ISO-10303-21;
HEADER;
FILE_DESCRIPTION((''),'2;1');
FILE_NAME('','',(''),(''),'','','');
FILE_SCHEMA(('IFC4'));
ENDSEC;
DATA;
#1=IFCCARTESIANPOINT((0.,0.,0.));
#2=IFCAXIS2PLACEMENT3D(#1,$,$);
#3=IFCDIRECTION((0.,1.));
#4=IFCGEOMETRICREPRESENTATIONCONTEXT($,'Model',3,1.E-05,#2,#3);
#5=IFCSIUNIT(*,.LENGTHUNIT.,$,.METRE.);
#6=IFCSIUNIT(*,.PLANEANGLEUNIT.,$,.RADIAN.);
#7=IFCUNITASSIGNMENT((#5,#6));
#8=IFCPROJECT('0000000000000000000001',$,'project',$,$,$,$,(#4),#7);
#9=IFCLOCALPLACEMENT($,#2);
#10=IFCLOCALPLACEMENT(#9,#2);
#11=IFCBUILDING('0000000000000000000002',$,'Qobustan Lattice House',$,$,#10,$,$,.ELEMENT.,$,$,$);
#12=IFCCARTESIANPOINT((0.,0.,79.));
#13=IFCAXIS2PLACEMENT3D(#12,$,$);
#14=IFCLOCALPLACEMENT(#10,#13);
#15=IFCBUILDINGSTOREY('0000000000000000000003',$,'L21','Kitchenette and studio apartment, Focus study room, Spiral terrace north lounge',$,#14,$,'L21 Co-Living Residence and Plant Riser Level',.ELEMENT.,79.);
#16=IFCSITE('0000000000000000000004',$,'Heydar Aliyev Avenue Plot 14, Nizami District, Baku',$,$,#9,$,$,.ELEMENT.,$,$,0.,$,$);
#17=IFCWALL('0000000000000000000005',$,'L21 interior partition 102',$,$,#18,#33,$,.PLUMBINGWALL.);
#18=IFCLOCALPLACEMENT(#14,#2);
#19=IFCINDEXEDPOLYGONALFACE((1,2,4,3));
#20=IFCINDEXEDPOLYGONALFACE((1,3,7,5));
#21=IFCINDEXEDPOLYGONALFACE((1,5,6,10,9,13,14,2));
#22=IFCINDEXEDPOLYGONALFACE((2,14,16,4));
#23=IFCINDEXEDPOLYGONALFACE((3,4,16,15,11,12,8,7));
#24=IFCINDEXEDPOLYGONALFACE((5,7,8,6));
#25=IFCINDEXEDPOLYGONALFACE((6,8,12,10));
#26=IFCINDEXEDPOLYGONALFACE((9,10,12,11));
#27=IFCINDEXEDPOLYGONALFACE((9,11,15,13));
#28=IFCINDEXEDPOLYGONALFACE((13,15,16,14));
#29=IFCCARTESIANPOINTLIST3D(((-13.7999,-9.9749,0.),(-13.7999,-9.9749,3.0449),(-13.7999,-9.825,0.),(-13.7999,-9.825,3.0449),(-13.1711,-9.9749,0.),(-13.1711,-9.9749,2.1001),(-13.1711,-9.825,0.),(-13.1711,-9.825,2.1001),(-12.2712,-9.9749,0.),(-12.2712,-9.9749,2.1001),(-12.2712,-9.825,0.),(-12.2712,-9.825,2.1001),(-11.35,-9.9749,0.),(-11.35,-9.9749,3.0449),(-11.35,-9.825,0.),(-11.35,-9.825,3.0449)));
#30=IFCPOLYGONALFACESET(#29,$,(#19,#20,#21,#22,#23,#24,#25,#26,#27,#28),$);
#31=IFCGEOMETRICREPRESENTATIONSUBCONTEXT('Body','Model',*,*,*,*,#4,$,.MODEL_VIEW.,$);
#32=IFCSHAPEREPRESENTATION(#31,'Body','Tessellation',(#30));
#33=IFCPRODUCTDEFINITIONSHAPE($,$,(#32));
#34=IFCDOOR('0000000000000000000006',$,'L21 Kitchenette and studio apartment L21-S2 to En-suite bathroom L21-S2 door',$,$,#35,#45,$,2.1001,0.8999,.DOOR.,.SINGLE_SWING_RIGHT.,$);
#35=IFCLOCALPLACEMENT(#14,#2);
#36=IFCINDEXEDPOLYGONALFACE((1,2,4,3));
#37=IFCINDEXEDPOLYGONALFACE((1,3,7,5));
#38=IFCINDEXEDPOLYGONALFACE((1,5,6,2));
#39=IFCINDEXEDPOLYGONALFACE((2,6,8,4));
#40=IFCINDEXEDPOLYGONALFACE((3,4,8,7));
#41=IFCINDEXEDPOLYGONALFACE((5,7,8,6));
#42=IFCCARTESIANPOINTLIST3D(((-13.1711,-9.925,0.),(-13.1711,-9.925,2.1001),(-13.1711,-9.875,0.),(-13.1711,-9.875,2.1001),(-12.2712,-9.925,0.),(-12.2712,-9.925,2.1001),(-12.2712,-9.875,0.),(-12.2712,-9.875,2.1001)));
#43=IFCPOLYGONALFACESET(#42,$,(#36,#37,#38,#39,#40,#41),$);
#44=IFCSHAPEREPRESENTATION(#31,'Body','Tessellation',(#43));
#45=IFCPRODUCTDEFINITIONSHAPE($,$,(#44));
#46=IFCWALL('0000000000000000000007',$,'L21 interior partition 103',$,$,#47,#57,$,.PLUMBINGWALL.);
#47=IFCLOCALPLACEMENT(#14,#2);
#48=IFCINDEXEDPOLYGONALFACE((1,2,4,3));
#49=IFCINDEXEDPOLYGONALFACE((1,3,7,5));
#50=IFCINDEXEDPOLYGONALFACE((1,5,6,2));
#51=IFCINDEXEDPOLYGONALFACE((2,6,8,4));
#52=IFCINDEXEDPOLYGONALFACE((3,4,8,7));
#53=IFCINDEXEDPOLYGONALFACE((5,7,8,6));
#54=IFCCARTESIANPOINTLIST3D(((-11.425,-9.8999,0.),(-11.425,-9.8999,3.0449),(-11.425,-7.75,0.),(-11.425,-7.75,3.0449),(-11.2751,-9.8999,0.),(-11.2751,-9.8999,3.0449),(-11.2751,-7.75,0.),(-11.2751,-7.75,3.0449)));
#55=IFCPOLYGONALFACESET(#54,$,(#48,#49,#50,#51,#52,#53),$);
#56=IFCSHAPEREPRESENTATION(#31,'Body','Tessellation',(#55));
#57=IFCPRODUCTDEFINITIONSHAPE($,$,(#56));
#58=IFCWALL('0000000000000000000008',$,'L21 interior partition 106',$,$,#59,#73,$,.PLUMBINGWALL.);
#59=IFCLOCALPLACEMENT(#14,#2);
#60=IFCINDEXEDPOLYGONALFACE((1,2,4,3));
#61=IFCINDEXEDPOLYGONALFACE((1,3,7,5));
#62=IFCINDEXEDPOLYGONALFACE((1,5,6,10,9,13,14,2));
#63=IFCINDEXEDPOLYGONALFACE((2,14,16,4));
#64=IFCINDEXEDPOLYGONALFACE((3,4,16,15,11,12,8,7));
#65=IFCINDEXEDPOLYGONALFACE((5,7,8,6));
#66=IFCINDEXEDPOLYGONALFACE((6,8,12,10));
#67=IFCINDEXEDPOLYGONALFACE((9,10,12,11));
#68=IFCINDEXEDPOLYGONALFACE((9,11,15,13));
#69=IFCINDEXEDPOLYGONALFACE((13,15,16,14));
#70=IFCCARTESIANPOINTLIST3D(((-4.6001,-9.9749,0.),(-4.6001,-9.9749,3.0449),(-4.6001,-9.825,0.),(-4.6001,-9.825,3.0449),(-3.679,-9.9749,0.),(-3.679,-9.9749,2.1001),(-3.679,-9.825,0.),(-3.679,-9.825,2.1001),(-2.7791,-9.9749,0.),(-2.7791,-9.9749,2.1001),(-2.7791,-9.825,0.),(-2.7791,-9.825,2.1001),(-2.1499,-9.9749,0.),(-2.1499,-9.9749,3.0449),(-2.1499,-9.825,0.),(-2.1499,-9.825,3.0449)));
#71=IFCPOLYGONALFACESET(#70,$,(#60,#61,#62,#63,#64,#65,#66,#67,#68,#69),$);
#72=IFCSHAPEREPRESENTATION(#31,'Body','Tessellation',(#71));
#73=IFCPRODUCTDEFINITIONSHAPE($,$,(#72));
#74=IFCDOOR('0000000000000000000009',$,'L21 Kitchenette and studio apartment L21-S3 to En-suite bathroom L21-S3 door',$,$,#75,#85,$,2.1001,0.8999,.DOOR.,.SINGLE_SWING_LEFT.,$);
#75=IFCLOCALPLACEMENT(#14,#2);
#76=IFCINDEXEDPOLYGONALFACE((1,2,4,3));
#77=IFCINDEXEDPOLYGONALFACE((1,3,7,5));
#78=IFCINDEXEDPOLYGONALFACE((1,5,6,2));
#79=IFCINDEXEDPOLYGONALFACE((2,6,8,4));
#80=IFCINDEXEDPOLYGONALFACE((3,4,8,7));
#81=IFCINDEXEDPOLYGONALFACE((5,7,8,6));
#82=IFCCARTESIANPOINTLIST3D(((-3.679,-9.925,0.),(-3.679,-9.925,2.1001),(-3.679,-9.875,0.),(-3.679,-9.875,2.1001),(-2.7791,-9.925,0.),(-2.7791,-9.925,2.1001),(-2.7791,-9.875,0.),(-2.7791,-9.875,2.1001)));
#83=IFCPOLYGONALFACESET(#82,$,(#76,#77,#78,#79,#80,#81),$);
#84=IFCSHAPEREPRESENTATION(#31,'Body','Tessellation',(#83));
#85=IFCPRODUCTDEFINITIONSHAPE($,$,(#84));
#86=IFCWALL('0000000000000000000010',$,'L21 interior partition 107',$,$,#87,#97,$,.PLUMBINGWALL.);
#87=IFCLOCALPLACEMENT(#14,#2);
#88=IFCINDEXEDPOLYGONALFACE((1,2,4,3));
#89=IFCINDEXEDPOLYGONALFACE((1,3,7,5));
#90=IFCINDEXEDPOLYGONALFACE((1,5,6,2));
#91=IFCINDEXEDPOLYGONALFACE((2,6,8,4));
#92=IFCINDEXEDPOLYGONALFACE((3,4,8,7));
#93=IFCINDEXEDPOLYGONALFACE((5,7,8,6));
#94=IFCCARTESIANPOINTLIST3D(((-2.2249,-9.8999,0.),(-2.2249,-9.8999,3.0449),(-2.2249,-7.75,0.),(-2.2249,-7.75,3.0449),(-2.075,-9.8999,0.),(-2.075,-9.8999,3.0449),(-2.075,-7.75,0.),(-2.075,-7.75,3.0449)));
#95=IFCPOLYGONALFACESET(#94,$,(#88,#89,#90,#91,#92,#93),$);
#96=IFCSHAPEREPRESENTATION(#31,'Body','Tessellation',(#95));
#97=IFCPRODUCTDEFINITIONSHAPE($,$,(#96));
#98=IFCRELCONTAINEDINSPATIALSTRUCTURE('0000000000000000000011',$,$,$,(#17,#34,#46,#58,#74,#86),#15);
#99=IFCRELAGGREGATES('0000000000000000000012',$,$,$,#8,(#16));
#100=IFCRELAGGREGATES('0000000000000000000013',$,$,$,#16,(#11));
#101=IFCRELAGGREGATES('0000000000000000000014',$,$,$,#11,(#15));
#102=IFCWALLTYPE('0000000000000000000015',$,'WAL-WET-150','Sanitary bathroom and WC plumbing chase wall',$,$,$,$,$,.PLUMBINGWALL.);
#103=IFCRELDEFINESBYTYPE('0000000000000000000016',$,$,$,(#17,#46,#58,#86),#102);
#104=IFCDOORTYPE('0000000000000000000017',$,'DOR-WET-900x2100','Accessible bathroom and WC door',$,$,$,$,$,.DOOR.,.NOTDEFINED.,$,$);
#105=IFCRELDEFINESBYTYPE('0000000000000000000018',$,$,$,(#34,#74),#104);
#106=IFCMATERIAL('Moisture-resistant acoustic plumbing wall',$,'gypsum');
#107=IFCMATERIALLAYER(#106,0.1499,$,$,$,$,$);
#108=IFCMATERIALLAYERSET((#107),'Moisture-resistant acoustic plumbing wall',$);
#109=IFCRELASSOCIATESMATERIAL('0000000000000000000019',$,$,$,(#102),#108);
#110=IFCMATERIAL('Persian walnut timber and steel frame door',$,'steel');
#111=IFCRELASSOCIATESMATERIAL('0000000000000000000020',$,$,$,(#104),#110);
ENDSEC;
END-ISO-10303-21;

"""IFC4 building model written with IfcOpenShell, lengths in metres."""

from ifc_helpers import new_model, si_unit, direction, frame, frame_2d, origin, place, context, subcontext, project, spatial, rectangle, extrude, material, layer, layer_set, type_object, element, fill, save


model = new_model("IFC4")

# Units and contexts
model_context = context("Model", 3, precision=1e-05, world=origin(), true_north=direction((0.0, 1.0)))
body_context = subcontext(model_context, "Body", "Model", "MODEL_VIEW")
ifc_project = project(units=[si_unit("LENGTHUNIT", "METRE"), si_unit("PLANEANGLEUNIT", "RADIAN")], contexts=[model_context])

# Site, building, storey
site_placement = place(None, origin())
site = spatial("IfcSite", under=ifc_project, at=site_placement, Name="Heydar Aliyev Avenue Plot 14, Nizami District, Baku", CompositionType="ELEMENT", RefElevation=0.0)
building_placement = place(site_placement, origin())
building = spatial("IfcBuilding", under=site, at=building_placement, Name="Qobustan Lattice House", CompositionType="ELEMENT")
storey_placement = place(building_placement, frame((0.0, 0.0, 79.0)))
storey = spatial("IfcBuildingStorey", under=building, at=storey_placement, Name="L21", Description="Kitchenette and studio apartment, Focus study room, Spiral terrace north lounge", LongName="L21 Co-Living Residence and Plant Riser Level", CompositionType="ELEMENT", Elevation=79.0)

# Shared definitions
ifc_material_1 = material(Name="Moisture-resistant acoustic plumbing wall", Category="gypsum")
ifc_layer_1 = layer(ifc_material_1, 0.1499)
ifc_layer_set_1 = layer_set([ifc_layer_1], Name="Moisture-resistant acoustic plumbing wall")
wall_type_1 = type_object("IfcWallType", Name="WAL-WET-150", Description="Sanitary bathroom and WC plumbing chase wall", PredefinedType="PLUMBINGWALL", material=ifc_layer_set_1)

# Wall, opening, door
wall_1_placement = place(storey_placement, frame((-13.8, -9.8999, 0.0), z_axis=(0.0, 0.0, 1.0), x_axis=(1.0, 0.0, 0.0)))
wall_1 = element("IfcWall", 1, at=wall_1_placement, inside=storey, type_object=wall_type_1, Name="L21 interior partition 102", PredefinedType="PLUMBINGWALL", context=body_context, shape_type="SweptSolid", body=[
    extrude(rectangle(XDim=2.45, YDim=0.1499, at=frame_2d((1.2251, 0.0))), origin(), (0.0, 0.0, 1.0), 3.0449),
])
opening_1_placement = place(wall_1_placement, frame((0.6289, 0.0, 0.0)))
opening_1 = element("IfcOpeningElement", 2, at=opening_1_placement, cuts=wall_1, PredefinedType="OPENING", context=body_context, shape_type="SweptSolid", body=[
    extrude(rectangle(XDim=0.8999, YDim=2.1001, at=frame_2d((0.45, 1.05))), frame((0.0, 0.085, 0.0), z_axis=(0.0, -1.0, 0.0), x_axis=(1.0, 0.0, 0.0)), (0.0, 0.0, 1.0), 0.1699),
])
ifc_material_2 = material(Name="Persian walnut timber and steel frame door", Category="steel")
door_type_1 = type_object("IfcDoorType", Name="DOR-WET-900x2100", Description="Accessible bathroom and WC door", OperationType="NOTDEFINED", PredefinedType="DOOR", material=ifc_material_2)
door_1_placement = place(opening_1_placement, origin())
door_1 = element("IfcDoor", 3, at=door_1_placement, inside=storey, type_object=door_type_1, Name="L21 Kitchenette and studio apartment L21-S2 to En-suite bathroom L21-S2 door", OperationType="SINGLE_SWING_RIGHT", OverallHeight=2.1001, OverallWidth=0.8999, PredefinedType="DOOR", context=body_context, shape_type="SweptSolid", body=[
    extrude(rectangle(XDim=0.8999, YDim=2.1001, at=frame_2d((0.45, 1.05))), frame((0.0, 0.0249, 0.0), z_axis=(0.0, -1.0, 0.0), x_axis=(1.0, 0.0, 0.0)), (0.0, 0.0, 1.0), 0.05),
])
fill(opening_1, door_1)

# Wall
wall_2_placement = place(storey_placement, frame((-11.3501, -9.8999, 0.0), z_axis=(0.0, 0.0, 1.0), x_axis=(0.0, 1.0, 0.0)))
element("IfcWall", 4, at=wall_2_placement, inside=storey, type_object=wall_type_1, Name="L21 interior partition 103", PredefinedType="PLUMBINGWALL", context=body_context, shape_type="SweptSolid", body=[
    extrude(rectangle(XDim=2.1499, YDim=0.1499, at=frame_2d((1.075, 0.0))), origin(), (0.0, 0.0, 1.0), 3.0449),
])

# Wall, opening, door
wall_3_placement = place(storey_placement, frame((-4.6001, -9.8999, 0.0), z_axis=(0.0, 0.0, 1.0), x_axis=(1.0, 0.0, 0.0)))
wall_3 = element("IfcWall", 5, at=wall_3_placement, inside=storey, type_object=wall_type_1, Name="L21 interior partition 106", PredefinedType="PLUMBINGWALL", context=body_context, shape_type="SweptSolid", body=[
    extrude(rectangle(XDim=2.4502, YDim=0.1499, at=frame_2d((1.2251, 0.0))), origin(), (0.0, 0.0, 1.0), 3.0449),
])
opening_2_placement = place(wall_3_placement, frame((0.9211, 0.0, 0.0)))
opening_2 = element("IfcOpeningElement", 6, at=opening_2_placement, cuts=wall_3, PredefinedType="OPENING", context=body_context, shape_type="SweptSolid", body=[
    extrude(rectangle(XDim=0.8999, YDim=2.1001, at=frame_2d((0.45, 1.05))), frame((0.0, 0.085, 0.0), z_axis=(0.0, -1.0, 0.0), x_axis=(1.0, 0.0, 0.0)), (0.0, 0.0, 1.0), 0.1699),
])
door_2_placement = place(opening_2_placement, origin())
door_2 = element("IfcDoor", 7, at=door_2_placement, inside=storey, type_object=door_type_1, Name="L21 Kitchenette and studio apartment L21-S3 to En-suite bathroom L21-S3 door", OperationType="SINGLE_SWING_LEFT", OverallHeight=2.1001, OverallWidth=0.8999, PredefinedType="DOOR", context=body_context, shape_type="SweptSolid", body=[
    extrude(rectangle(XDim=0.8999, YDim=2.1001, at=frame_2d((0.45, 1.05))), frame((0.0, 0.0249, 0.0), z_axis=(0.0, -1.0, 0.0), x_axis=(1.0, 0.0, 0.0)), (0.0, 0.0, 1.0), 0.05),
])
fill(opening_2, door_2)

# Wall
wall_4_placement = place(storey_placement, frame((-2.1499, -9.8999, 0.0), z_axis=(0.0, 0.0, 1.0), x_axis=(0.0, 1.0, 0.0)))
element("IfcWall", 8, at=wall_4_placement, inside=storey, type_object=wall_type_1, Name="L21 interior partition 107", PredefinedType="PLUMBINGWALL", context=body_context, shape_type="SweptSolid", body=[
    extrude(rectangle(XDim=2.1499, YDim=0.1499, at=frame_2d((1.075, 0.0))), origin(), (0.0, 0.0, 1.0), 3.0449),
])

save(model, "model.ifc")
